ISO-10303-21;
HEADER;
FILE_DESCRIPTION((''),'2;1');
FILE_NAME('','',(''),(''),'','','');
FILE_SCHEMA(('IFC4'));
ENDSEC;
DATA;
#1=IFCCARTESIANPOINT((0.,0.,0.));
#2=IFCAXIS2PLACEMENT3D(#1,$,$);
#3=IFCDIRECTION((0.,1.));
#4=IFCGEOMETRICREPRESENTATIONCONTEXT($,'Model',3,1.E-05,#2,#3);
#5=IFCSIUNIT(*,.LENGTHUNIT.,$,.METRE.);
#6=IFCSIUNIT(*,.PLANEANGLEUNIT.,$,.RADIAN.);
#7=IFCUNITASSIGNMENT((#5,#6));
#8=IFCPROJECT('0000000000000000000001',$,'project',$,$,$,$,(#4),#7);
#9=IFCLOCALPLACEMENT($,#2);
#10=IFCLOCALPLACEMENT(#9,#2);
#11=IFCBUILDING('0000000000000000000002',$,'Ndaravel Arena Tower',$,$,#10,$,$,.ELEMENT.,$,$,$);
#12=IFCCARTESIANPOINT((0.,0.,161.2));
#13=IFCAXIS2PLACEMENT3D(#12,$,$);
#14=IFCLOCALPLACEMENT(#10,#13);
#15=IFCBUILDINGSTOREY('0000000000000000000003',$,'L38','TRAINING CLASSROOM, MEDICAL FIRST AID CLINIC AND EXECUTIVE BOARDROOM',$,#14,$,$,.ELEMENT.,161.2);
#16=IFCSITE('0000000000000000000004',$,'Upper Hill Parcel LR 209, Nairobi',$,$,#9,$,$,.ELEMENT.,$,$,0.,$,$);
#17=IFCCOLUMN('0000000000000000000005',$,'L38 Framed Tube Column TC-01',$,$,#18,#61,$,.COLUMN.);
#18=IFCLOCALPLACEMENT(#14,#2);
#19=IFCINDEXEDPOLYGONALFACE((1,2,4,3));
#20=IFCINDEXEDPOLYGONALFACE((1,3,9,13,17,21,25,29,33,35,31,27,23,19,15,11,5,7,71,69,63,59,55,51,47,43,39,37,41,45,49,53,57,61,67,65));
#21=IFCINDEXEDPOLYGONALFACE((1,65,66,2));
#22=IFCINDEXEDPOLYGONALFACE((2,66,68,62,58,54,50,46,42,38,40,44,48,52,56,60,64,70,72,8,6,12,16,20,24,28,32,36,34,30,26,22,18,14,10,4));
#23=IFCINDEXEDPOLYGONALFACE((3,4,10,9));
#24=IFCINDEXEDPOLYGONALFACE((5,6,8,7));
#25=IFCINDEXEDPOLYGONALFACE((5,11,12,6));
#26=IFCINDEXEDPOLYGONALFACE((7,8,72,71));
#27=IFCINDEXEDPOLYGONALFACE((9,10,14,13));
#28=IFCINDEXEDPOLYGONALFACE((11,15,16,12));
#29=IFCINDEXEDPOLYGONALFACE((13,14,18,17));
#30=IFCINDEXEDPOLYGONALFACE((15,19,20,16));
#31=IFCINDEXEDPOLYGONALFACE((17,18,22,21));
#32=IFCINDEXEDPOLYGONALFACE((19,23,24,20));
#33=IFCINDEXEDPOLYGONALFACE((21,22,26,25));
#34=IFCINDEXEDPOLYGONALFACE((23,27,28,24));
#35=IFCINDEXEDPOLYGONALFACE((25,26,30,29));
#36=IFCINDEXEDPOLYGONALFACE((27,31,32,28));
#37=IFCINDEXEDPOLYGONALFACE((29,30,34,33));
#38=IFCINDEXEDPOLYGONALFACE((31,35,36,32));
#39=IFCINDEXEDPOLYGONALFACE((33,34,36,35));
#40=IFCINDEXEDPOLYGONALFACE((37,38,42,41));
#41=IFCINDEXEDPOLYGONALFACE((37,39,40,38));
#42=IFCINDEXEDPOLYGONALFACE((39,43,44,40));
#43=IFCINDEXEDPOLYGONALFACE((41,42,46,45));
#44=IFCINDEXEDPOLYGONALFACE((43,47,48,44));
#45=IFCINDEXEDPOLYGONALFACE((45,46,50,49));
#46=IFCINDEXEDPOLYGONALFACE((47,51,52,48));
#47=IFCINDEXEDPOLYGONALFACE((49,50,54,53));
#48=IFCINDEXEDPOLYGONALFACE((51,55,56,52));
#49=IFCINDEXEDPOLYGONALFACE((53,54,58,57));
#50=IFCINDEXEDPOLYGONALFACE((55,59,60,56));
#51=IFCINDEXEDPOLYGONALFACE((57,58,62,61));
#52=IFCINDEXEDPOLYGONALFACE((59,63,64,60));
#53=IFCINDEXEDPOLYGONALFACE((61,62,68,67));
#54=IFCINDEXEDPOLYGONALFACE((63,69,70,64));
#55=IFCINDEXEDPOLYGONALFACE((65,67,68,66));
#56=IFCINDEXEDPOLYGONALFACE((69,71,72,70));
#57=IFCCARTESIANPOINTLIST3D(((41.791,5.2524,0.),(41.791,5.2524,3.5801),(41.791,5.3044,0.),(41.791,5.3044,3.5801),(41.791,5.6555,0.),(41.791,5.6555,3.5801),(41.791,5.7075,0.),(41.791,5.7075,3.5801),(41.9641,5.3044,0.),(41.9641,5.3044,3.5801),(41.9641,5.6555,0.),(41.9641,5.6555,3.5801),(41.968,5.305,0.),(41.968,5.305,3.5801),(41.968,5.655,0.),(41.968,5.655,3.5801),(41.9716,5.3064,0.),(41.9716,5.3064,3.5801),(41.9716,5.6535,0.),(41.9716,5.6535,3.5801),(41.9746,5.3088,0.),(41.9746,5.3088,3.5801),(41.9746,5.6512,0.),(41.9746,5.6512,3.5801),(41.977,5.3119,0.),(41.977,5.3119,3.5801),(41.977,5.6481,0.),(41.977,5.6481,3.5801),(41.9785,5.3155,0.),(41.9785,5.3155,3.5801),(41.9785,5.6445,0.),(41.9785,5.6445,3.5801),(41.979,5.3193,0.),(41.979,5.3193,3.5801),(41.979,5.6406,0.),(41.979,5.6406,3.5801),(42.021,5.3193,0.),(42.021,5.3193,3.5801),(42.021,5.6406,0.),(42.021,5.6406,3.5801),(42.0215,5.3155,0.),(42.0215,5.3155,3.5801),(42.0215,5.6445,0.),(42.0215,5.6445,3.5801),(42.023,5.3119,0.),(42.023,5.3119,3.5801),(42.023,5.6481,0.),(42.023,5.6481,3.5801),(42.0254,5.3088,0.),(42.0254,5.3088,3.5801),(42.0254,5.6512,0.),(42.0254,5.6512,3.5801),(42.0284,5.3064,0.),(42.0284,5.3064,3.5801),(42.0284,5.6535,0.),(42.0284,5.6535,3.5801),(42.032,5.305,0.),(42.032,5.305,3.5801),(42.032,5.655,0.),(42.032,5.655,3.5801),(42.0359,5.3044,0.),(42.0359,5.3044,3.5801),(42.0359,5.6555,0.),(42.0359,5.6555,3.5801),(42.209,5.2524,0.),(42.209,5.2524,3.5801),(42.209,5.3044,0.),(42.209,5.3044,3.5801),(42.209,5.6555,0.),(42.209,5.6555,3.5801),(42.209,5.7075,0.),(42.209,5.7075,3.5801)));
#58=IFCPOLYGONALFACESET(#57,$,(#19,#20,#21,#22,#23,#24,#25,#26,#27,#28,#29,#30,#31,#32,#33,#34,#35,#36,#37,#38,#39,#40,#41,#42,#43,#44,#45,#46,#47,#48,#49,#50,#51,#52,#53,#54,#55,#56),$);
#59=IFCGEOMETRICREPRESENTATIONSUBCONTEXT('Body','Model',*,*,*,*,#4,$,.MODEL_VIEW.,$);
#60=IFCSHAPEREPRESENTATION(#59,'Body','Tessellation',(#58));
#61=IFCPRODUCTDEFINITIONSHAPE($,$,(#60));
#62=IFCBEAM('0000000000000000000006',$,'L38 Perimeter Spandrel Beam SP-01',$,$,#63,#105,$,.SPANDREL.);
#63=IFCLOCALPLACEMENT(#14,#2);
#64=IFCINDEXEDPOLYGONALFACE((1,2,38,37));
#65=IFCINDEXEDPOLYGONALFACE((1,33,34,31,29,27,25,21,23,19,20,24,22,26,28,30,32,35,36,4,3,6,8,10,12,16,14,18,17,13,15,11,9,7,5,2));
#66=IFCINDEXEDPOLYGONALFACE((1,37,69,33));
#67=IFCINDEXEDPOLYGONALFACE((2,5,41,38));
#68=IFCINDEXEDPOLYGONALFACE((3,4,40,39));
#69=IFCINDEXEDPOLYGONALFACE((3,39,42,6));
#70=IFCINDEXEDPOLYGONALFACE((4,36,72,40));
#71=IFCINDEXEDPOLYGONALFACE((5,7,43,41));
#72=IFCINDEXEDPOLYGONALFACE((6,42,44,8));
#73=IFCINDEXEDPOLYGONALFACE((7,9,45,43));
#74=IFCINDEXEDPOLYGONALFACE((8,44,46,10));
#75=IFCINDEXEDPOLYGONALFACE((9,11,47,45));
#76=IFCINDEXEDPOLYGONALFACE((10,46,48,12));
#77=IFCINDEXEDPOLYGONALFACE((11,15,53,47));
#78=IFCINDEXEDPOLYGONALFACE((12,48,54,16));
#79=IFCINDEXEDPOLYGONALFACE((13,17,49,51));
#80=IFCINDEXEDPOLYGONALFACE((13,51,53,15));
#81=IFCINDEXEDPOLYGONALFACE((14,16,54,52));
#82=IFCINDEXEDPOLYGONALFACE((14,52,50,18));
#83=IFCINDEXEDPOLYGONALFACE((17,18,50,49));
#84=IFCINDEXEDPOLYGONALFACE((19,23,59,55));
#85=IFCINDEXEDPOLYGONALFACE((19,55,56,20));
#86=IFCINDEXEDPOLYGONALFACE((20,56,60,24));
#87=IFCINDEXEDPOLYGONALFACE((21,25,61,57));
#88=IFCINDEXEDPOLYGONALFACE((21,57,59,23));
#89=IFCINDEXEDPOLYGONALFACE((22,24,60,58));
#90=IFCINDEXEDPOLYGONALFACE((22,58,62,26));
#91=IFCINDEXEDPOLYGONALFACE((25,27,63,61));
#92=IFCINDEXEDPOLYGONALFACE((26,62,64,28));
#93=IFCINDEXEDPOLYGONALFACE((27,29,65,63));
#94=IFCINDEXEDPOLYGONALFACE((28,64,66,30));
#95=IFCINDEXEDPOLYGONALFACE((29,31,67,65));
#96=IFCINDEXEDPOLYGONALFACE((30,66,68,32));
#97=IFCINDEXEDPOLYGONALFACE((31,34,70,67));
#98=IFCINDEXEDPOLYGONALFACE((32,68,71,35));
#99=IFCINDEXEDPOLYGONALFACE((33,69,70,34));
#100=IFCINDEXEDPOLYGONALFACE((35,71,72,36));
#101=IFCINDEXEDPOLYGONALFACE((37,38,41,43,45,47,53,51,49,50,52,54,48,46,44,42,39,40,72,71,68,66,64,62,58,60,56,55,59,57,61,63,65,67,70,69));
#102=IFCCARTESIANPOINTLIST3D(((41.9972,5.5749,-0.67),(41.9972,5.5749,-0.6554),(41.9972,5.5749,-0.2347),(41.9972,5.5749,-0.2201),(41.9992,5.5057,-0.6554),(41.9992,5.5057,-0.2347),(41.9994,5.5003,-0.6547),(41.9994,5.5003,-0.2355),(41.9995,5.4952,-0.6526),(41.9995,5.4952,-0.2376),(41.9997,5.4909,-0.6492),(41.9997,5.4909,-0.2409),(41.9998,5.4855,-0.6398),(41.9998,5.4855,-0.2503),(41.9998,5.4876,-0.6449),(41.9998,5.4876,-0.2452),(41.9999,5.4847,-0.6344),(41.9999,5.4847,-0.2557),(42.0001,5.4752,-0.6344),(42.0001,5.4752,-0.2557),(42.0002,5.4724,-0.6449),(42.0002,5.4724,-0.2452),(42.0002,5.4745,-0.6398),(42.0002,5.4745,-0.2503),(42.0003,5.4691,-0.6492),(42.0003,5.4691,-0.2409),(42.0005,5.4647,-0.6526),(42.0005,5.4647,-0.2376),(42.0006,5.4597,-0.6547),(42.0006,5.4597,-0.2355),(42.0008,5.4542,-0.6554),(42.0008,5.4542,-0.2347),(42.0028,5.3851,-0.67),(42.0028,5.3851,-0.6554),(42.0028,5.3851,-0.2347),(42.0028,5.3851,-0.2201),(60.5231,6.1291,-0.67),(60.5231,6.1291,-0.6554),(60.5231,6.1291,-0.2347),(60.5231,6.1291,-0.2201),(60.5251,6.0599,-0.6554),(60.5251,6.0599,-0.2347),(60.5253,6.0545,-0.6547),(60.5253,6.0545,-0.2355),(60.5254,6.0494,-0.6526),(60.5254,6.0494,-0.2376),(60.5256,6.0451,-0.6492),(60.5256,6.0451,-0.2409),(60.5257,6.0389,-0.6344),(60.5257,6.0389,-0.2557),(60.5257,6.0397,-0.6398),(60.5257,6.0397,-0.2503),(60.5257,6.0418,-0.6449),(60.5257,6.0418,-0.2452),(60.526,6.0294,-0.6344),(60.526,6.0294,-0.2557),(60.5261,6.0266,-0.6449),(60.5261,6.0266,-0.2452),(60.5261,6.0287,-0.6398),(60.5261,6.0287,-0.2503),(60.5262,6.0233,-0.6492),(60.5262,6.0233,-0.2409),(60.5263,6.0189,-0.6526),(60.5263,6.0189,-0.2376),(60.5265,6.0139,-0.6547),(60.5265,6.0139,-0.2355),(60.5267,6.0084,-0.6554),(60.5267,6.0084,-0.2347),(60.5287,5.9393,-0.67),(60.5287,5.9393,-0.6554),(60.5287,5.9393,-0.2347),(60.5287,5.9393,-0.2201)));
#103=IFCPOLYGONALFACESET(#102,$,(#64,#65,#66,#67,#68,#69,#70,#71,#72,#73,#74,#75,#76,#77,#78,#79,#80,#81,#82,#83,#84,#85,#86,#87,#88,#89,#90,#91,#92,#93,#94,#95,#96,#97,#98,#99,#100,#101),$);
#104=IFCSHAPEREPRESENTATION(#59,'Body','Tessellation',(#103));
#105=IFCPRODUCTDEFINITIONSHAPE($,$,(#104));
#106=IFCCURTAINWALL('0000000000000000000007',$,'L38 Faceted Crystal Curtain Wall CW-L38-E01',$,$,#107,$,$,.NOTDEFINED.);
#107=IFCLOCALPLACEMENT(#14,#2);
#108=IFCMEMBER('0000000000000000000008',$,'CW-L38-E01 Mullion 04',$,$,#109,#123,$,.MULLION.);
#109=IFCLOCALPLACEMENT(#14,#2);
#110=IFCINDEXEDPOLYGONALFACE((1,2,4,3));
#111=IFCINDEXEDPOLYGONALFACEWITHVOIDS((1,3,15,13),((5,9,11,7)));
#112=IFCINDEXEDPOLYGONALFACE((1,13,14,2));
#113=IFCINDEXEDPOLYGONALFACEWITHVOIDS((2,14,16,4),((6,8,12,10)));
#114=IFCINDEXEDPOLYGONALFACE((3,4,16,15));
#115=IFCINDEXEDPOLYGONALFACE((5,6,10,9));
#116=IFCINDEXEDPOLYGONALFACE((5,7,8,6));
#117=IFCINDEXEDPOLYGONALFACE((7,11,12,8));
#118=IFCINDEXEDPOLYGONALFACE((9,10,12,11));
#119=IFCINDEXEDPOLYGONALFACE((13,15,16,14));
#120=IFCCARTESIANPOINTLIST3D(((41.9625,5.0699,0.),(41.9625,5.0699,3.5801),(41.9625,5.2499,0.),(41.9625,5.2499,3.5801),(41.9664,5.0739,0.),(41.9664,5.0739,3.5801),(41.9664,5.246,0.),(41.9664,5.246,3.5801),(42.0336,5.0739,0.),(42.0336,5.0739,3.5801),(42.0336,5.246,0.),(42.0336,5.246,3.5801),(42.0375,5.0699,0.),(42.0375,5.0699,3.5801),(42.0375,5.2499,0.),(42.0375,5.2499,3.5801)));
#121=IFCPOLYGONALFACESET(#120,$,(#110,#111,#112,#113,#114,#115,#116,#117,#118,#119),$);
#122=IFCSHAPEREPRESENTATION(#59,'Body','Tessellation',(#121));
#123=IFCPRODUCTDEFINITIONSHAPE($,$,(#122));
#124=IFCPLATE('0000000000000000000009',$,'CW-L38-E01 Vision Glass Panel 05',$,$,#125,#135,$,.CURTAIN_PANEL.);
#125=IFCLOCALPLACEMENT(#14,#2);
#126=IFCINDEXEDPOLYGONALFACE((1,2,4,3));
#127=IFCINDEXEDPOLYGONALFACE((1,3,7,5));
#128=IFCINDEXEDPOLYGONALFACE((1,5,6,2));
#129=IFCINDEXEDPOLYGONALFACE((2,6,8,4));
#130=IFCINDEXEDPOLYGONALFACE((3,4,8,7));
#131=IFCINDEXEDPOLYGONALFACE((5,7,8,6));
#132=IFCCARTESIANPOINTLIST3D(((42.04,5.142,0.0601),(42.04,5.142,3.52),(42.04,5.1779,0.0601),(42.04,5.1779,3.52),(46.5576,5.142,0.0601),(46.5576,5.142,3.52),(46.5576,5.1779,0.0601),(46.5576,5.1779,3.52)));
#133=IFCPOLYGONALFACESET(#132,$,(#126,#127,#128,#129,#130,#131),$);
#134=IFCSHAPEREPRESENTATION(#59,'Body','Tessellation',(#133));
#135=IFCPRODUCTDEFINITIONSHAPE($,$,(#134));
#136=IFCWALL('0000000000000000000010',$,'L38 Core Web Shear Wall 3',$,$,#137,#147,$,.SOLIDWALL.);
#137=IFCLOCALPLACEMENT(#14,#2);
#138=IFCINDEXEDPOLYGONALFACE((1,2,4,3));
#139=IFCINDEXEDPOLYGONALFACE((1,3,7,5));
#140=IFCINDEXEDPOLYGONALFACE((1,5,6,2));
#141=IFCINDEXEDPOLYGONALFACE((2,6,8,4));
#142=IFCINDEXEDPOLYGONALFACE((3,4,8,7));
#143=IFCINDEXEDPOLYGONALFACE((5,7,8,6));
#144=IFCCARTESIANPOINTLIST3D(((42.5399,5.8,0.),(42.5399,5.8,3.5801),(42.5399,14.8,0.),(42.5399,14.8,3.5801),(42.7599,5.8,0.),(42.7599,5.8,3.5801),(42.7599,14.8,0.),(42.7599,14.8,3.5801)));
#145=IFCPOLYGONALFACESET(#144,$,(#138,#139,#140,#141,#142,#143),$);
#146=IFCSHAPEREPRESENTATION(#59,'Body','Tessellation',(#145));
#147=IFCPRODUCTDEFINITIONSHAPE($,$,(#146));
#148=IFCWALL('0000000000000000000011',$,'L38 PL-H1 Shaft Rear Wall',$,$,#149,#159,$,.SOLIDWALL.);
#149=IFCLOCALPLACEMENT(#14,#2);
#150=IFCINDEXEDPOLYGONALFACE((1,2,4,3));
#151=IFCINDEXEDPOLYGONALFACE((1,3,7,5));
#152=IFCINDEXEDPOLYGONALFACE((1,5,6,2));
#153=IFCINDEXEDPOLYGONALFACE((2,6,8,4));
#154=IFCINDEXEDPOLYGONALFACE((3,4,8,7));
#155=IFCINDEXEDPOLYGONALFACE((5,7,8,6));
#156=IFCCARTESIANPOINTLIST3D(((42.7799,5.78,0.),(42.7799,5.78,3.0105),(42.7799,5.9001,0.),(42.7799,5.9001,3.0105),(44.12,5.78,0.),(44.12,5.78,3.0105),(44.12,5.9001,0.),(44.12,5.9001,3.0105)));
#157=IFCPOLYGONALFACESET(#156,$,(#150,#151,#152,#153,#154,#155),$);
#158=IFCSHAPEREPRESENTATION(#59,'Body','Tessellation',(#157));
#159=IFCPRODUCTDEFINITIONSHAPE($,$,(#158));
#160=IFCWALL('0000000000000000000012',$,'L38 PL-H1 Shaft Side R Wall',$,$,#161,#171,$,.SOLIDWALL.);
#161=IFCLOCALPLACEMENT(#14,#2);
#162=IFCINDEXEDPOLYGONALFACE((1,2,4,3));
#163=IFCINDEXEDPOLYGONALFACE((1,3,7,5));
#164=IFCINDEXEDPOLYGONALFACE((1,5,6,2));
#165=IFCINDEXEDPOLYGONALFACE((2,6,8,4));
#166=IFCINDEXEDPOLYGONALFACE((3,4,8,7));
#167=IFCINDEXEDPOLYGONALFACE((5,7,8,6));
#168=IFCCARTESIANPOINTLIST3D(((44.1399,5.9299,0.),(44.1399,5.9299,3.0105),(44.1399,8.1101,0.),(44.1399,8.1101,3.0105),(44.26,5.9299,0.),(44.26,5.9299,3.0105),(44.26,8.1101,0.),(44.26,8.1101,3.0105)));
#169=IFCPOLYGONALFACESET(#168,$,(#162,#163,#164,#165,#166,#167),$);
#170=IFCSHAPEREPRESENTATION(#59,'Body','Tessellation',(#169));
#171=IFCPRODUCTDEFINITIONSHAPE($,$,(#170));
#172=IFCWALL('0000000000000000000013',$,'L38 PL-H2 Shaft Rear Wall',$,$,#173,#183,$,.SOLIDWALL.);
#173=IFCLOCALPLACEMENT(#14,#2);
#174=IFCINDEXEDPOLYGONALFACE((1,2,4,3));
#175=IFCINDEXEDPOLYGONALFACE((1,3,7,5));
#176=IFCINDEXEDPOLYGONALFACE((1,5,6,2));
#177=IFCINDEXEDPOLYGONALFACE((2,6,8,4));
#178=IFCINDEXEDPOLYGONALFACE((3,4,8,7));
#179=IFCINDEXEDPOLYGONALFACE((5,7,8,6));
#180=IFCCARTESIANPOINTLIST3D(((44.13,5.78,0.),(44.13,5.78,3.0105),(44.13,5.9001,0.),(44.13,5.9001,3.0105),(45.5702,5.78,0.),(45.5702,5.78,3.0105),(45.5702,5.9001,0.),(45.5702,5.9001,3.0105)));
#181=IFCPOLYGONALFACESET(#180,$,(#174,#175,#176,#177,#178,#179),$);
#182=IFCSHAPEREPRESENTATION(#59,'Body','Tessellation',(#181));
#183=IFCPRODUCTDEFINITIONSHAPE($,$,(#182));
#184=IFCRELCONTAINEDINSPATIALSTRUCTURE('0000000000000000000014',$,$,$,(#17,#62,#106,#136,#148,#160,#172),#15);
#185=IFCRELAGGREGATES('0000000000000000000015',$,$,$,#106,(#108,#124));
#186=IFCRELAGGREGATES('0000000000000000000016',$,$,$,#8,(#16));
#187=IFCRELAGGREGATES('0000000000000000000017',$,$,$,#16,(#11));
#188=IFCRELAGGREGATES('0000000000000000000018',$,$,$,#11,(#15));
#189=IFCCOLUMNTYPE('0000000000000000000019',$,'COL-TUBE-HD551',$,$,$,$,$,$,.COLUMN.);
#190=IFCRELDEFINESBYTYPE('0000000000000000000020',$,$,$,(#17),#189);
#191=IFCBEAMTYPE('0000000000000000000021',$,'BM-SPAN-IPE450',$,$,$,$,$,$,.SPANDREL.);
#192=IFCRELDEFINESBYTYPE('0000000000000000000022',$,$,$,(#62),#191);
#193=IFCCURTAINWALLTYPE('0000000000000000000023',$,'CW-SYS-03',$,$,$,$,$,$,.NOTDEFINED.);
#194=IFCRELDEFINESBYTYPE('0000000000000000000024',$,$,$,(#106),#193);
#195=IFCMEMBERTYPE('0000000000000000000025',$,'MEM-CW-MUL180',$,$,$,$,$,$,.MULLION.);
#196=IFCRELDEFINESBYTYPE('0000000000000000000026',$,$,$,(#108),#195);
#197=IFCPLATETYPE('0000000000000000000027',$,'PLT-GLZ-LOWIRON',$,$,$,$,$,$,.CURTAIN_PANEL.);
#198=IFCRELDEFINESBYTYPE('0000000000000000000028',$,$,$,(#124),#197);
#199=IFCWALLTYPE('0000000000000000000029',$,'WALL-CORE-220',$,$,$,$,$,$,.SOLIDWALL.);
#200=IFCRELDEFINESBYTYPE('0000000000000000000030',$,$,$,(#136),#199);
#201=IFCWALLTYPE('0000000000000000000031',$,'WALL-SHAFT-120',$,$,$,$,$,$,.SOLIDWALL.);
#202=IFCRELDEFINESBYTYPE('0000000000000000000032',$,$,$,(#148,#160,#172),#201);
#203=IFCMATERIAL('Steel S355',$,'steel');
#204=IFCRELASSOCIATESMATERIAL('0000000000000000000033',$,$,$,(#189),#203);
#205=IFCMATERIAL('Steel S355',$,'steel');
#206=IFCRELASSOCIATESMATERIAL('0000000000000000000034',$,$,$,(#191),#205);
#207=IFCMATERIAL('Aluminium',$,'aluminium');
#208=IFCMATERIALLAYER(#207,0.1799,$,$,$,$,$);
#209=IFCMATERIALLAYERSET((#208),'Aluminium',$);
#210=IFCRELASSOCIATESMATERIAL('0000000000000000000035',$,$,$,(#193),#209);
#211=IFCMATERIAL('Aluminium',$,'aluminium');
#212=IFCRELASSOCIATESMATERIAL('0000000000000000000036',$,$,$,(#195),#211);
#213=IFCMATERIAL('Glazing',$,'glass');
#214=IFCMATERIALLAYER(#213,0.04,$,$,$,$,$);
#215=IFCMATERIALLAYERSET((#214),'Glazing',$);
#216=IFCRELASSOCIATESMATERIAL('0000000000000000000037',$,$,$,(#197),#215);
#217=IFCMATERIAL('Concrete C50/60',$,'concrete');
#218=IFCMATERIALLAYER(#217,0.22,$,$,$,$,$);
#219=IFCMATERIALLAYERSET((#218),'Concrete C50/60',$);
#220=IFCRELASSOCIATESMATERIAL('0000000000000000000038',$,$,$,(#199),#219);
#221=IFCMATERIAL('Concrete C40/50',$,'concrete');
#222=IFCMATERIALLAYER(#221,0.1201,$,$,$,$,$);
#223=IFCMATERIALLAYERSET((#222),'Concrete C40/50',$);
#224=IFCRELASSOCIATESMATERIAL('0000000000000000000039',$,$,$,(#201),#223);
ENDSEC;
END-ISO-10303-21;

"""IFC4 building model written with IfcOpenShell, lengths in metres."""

from ifc_helpers import new_model, si_unit, direction, frame, frame_2d, origin, origin_2d, place, context, subcontext, project, spatial, rectangle, hollow_rectangle, i_section, extrude, material, layer, layer_set, material_profile, profile_set, type_object, element, aggregate, save


model = new_model("IFC4")

# Units and contexts
model_context = context("Model", 3, precision=1e-05, world=origin(), true_north=direction((0.0, 1.0)))
body_context = subcontext(model_context, "Body", "Model", "MODEL_VIEW")
ifc_project = project(units=[si_unit("LENGTHUNIT", "METRE"), si_unit("PLANEANGLEUNIT", "RADIAN")], contexts=[model_context])

# Site, building, storey
site_placement = place(None, origin())
site = spatial("IfcSite", under=ifc_project, at=site_placement, Name="Upper Hill Parcel LR 209, Nairobi", CompositionType="ELEMENT", RefElevation=0.0)
building_placement = place(site_placement, origin())
building = spatial("IfcBuilding", under=site, at=building_placement, Name="Ndaravel Arena Tower", CompositionType="ELEMENT")
storey_placement = place(building_placement, frame((0.0, 0.0, 161.2)))
storey = spatial("IfcBuildingStorey", under=building, at=storey_placement, Name="L38", Description="TRAINING CLASSROOM, MEDICAL FIRST AID CLINIC AND EXECUTIVE BOARDROOM", CompositionType="ELEMENT", Elevation=161.2)

# Column
ifc_material_1 = material(Name="Steel S355", Category="steel")
ifc_material_profile_1 = material_profile(ifc_material_1, i_section(OverallWidth=0.418, OverallDepth=0.4551, WebThickness=0.042, FlangeThickness=0.052, FilletRadius=0.0149, at=origin_2d()), Name="HD 400x551")
ifc_profile_set_1 = profile_set([ifc_material_profile_1], Name="Steel S355")
column_type = type_object("IfcColumnType", Name="COL-TUBE-HD551", PredefinedType="COLUMN", material=ifc_profile_set_1)
column_placement = place(storey_placement, frame((42.0, 5.48, 0.0), z_axis=(0.0, 0.0, 1.0), x_axis=(1.0, 0.0, 0.0)))
element("IfcColumn", 1, at=column_placement, inside=storey, type_object=column_type, Name="L38 Framed Tube Column TC-01", PredefinedType="COLUMN", context=body_context, shape_type="SweptSolid", body=[
    extrude(i_section(OverallWidth=0.418, OverallDepth=0.4551, WebThickness=0.042, FlangeThickness=0.052, FilletRadius=0.0149, at=origin_2d()), origin(), (0.0, 0.0, 1.0), 3.5801),
])

# Beam
ifc_material_2 = material(Name="Steel S355", Category="steel")
ifc_material_profile_2 = material_profile(ifc_material_2, i_section(OverallWidth=0.1899, OverallDepth=0.45, WebThickness=0.0095, FlangeThickness=0.0146, FilletRadius=0.021, at=origin_2d()), Name="IPE 450")
ifc_profile_set_2 = profile_set([ifc_material_profile_2], Name="Steel S355")
beam_type = type_object("IfcBeamType", Name="BM-SPAN-IPE450", PredefinedType="SPANDREL", material=ifc_profile_set_2)
beam_placement = place(storey_placement, frame((42.0, 5.48, -0.4451), z_axis=(0.999553, 0.029901, 0.0), x_axis=(-0.029901, 0.999553, 0.0)))
element("IfcBeam", 2, at=beam_placement, inside=storey, type_object=beam_type, Name="L38 Perimeter Spandrel Beam SP-01", PredefinedType="SPANDREL", context=body_context, shape_type="SweptSolid", body=[
    extrude(i_section(OverallWidth=0.1899, OverallDepth=0.45, WebThickness=0.0095, FlangeThickness=0.0146, FilletRadius=0.021, at=origin_2d()), origin(), (0.0, 0.0, 1.0), 18.5342),
])

# Curtain wall, member, plate
ifc_material_3 = material(Name="Aluminium", Category="aluminium")
ifc_layer_1 = layer(ifc_material_3, 0.1799)
ifc_layer_set_1 = layer_set([ifc_layer_1], Name="Aluminium")
curtain_wall_type = type_object("IfcCurtainWallType", Name="CW-SYS-03", PredefinedType="NOTDEFINED", material=ifc_layer_set_1)
curtain_wall_placement = place(storey_placement, origin())
curtain_wall = element("IfcCurtainWall", 3, at=curtain_wall_placement, inside=storey, type_object=curtain_wall_type, Name="L38 Faceted Crystal Curtain Wall CW-L38-E01", PredefinedType="NOTDEFINED")
ifc_material_4 = material(Name="Aluminium", Category="aluminium")
ifc_material_profile_3 = material_profile(ifc_material_4, hollow_rectangle(XDim=0.075, YDim=0.1799, WallThickness=0.0039, at=origin_2d()), Name="CW MULLION 75x180x4")
ifc_profile_set_3 = profile_set([ifc_material_profile_3], Name="Aluminium")
member_type = type_object("IfcMemberType", Name="MEM-CW-MUL180", PredefinedType="MULLION", material=ifc_profile_set_3)
member_placement = place(storey_placement, frame((42.0, 5.1599, 0.0), z_axis=(0.0, 0.0, 1.0), x_axis=(1.0, 0.0, 0.0)))
member = element("IfcMember", 4, at=member_placement, type_object=member_type, Name="CW-L38-E01 Mullion 04", PredefinedType="MULLION", context=body_context, shape_type="SweptSolid", body=[
    extrude(hollow_rectangle(XDim=0.075, YDim=0.1799, WallThickness=0.0039, at=origin_2d()), origin(), (0.0, 0.0, 1.0), 3.5801),
])
ifc_material_5 = material(Name="Glazing", Category="glass")
ifc_layer_2 = layer(ifc_material_5, 0.04)
ifc_layer_set_2 = layer_set([ifc_layer_2], Name="Glazing")
plate_type = type_object("IfcPlateType", Name="PLT-GLZ-LOWIRON", PredefinedType="CURTAIN_PANEL", material=ifc_layer_set_2)
plate_placement = place(storey_placement, frame((44.2988, 5.1599, 0.0601), z_axis=(0.0, 0.0, 1.0), x_axis=(1.0, 0.0, 0.0)))
plate = element("IfcPlate", 5, at=plate_placement, type_object=plate_type, Name="CW-L38-E01 Vision Glass Panel 05", PredefinedType="CURTAIN_PANEL", context=body_context, shape_type="SweptSolid", body=[
    extrude(rectangle(XDim=4.5176, YDim=0.0359, at=origin_2d()), origin(), (0.0, 0.0, 1.0), 3.46),
])
aggregate(curtain_wall, [member, plate])

# Walls
ifc_material_6 = material(Name="Concrete C50/60", Category="concrete")
ifc_layer_3 = layer(ifc_material_6, 0.22)
ifc_layer_set_3 = layer_set([ifc_layer_3], Name="Concrete C50/60")
wall_type_1 = type_object("IfcWallType", Name="WALL-CORE-220", PredefinedType="SOLIDWALL", material=ifc_layer_set_3)
wall_1_placement = place(storey_placement, frame((42.6499, 5.8, 0.0), z_axis=(0.0, 0.0, 1.0), x_axis=(0.0, 1.0, 0.0)))
element("IfcWall", 6, at=wall_1_placement, inside=storey, type_object=wall_type_1, Name="L38 Core Web Shear Wall 3", PredefinedType="SOLIDWALL", context=body_context, shape_type="SweptSolid", body=[
    extrude(rectangle(XDim=9.0, YDim=0.22, at=frame_2d((4.5, 0.0))), origin(), (0.0, 0.0, 1.0), 3.5801),
])
ifc_material_7 = material(Name="Concrete C40/50", Category="concrete")
ifc_layer_4 = layer(ifc_material_7, 0.1201)
ifc_layer_set_4 = layer_set([ifc_layer_4], Name="Concrete C40/50")
wall_type_2 = type_object("IfcWallType", Name="WALL-SHAFT-120", PredefinedType="SOLIDWALL", material=ifc_layer_set_4)
wall_2_placement = place(storey_placement, frame((42.78, 5.8401, 0.0), z_axis=(0.0, 0.0, 1.0), x_axis=(1.0, 0.0, 0.0)))
element("IfcWall", 7, at=wall_2_placement, inside=storey, type_object=wall_type_2, Name="L38 PL-H1 Shaft Rear Wall", PredefinedType="SOLIDWALL", context=body_context, shape_type="SweptSolid", body=[
    extrude(rectangle(XDim=1.3401, YDim=0.1201, at=frame_2d((0.6699, 0.0))), origin(), (0.0, 0.0, 1.0), 3.0105),
])
wall_3_placement = place(storey_placement, frame((44.2, 5.9299, 0.0), z_axis=(0.0, 0.0, 1.0), x_axis=(0.0, 1.0, 0.0)))
element("IfcWall", 8, at=wall_3_placement, inside=storey, type_object=wall_type_2, Name="L38 PL-H1 Shaft Side R Wall", PredefinedType="SOLIDWALL", context=body_context, shape_type="SweptSolid", body=[
    extrude(rectangle(XDim=2.1802, YDim=0.1201, at=frame_2d((1.0901, 0.0))), origin(), (0.0, 0.0, 1.0), 3.0105),
])
wall_4_placement = place(storey_placement, frame((44.1299, 5.8401, 0.0), z_axis=(0.0, 0.0, 1.0), x_axis=(1.0, 0.0, 0.0)))
element("IfcWall", 9, at=wall_4_placement, inside=storey, type_object=wall_type_2, Name="L38 PL-H2 Shaft Rear Wall", PredefinedType="SOLIDWALL", context=body_context, shape_type="SweptSolid", body=[
    extrude(rectangle(XDim=1.4402, YDim=0.1201, at=frame_2d((0.7202, 0.0))), origin(), (0.0, 0.0, 1.0), 3.0105),
])

save(model, "model.ifc")
